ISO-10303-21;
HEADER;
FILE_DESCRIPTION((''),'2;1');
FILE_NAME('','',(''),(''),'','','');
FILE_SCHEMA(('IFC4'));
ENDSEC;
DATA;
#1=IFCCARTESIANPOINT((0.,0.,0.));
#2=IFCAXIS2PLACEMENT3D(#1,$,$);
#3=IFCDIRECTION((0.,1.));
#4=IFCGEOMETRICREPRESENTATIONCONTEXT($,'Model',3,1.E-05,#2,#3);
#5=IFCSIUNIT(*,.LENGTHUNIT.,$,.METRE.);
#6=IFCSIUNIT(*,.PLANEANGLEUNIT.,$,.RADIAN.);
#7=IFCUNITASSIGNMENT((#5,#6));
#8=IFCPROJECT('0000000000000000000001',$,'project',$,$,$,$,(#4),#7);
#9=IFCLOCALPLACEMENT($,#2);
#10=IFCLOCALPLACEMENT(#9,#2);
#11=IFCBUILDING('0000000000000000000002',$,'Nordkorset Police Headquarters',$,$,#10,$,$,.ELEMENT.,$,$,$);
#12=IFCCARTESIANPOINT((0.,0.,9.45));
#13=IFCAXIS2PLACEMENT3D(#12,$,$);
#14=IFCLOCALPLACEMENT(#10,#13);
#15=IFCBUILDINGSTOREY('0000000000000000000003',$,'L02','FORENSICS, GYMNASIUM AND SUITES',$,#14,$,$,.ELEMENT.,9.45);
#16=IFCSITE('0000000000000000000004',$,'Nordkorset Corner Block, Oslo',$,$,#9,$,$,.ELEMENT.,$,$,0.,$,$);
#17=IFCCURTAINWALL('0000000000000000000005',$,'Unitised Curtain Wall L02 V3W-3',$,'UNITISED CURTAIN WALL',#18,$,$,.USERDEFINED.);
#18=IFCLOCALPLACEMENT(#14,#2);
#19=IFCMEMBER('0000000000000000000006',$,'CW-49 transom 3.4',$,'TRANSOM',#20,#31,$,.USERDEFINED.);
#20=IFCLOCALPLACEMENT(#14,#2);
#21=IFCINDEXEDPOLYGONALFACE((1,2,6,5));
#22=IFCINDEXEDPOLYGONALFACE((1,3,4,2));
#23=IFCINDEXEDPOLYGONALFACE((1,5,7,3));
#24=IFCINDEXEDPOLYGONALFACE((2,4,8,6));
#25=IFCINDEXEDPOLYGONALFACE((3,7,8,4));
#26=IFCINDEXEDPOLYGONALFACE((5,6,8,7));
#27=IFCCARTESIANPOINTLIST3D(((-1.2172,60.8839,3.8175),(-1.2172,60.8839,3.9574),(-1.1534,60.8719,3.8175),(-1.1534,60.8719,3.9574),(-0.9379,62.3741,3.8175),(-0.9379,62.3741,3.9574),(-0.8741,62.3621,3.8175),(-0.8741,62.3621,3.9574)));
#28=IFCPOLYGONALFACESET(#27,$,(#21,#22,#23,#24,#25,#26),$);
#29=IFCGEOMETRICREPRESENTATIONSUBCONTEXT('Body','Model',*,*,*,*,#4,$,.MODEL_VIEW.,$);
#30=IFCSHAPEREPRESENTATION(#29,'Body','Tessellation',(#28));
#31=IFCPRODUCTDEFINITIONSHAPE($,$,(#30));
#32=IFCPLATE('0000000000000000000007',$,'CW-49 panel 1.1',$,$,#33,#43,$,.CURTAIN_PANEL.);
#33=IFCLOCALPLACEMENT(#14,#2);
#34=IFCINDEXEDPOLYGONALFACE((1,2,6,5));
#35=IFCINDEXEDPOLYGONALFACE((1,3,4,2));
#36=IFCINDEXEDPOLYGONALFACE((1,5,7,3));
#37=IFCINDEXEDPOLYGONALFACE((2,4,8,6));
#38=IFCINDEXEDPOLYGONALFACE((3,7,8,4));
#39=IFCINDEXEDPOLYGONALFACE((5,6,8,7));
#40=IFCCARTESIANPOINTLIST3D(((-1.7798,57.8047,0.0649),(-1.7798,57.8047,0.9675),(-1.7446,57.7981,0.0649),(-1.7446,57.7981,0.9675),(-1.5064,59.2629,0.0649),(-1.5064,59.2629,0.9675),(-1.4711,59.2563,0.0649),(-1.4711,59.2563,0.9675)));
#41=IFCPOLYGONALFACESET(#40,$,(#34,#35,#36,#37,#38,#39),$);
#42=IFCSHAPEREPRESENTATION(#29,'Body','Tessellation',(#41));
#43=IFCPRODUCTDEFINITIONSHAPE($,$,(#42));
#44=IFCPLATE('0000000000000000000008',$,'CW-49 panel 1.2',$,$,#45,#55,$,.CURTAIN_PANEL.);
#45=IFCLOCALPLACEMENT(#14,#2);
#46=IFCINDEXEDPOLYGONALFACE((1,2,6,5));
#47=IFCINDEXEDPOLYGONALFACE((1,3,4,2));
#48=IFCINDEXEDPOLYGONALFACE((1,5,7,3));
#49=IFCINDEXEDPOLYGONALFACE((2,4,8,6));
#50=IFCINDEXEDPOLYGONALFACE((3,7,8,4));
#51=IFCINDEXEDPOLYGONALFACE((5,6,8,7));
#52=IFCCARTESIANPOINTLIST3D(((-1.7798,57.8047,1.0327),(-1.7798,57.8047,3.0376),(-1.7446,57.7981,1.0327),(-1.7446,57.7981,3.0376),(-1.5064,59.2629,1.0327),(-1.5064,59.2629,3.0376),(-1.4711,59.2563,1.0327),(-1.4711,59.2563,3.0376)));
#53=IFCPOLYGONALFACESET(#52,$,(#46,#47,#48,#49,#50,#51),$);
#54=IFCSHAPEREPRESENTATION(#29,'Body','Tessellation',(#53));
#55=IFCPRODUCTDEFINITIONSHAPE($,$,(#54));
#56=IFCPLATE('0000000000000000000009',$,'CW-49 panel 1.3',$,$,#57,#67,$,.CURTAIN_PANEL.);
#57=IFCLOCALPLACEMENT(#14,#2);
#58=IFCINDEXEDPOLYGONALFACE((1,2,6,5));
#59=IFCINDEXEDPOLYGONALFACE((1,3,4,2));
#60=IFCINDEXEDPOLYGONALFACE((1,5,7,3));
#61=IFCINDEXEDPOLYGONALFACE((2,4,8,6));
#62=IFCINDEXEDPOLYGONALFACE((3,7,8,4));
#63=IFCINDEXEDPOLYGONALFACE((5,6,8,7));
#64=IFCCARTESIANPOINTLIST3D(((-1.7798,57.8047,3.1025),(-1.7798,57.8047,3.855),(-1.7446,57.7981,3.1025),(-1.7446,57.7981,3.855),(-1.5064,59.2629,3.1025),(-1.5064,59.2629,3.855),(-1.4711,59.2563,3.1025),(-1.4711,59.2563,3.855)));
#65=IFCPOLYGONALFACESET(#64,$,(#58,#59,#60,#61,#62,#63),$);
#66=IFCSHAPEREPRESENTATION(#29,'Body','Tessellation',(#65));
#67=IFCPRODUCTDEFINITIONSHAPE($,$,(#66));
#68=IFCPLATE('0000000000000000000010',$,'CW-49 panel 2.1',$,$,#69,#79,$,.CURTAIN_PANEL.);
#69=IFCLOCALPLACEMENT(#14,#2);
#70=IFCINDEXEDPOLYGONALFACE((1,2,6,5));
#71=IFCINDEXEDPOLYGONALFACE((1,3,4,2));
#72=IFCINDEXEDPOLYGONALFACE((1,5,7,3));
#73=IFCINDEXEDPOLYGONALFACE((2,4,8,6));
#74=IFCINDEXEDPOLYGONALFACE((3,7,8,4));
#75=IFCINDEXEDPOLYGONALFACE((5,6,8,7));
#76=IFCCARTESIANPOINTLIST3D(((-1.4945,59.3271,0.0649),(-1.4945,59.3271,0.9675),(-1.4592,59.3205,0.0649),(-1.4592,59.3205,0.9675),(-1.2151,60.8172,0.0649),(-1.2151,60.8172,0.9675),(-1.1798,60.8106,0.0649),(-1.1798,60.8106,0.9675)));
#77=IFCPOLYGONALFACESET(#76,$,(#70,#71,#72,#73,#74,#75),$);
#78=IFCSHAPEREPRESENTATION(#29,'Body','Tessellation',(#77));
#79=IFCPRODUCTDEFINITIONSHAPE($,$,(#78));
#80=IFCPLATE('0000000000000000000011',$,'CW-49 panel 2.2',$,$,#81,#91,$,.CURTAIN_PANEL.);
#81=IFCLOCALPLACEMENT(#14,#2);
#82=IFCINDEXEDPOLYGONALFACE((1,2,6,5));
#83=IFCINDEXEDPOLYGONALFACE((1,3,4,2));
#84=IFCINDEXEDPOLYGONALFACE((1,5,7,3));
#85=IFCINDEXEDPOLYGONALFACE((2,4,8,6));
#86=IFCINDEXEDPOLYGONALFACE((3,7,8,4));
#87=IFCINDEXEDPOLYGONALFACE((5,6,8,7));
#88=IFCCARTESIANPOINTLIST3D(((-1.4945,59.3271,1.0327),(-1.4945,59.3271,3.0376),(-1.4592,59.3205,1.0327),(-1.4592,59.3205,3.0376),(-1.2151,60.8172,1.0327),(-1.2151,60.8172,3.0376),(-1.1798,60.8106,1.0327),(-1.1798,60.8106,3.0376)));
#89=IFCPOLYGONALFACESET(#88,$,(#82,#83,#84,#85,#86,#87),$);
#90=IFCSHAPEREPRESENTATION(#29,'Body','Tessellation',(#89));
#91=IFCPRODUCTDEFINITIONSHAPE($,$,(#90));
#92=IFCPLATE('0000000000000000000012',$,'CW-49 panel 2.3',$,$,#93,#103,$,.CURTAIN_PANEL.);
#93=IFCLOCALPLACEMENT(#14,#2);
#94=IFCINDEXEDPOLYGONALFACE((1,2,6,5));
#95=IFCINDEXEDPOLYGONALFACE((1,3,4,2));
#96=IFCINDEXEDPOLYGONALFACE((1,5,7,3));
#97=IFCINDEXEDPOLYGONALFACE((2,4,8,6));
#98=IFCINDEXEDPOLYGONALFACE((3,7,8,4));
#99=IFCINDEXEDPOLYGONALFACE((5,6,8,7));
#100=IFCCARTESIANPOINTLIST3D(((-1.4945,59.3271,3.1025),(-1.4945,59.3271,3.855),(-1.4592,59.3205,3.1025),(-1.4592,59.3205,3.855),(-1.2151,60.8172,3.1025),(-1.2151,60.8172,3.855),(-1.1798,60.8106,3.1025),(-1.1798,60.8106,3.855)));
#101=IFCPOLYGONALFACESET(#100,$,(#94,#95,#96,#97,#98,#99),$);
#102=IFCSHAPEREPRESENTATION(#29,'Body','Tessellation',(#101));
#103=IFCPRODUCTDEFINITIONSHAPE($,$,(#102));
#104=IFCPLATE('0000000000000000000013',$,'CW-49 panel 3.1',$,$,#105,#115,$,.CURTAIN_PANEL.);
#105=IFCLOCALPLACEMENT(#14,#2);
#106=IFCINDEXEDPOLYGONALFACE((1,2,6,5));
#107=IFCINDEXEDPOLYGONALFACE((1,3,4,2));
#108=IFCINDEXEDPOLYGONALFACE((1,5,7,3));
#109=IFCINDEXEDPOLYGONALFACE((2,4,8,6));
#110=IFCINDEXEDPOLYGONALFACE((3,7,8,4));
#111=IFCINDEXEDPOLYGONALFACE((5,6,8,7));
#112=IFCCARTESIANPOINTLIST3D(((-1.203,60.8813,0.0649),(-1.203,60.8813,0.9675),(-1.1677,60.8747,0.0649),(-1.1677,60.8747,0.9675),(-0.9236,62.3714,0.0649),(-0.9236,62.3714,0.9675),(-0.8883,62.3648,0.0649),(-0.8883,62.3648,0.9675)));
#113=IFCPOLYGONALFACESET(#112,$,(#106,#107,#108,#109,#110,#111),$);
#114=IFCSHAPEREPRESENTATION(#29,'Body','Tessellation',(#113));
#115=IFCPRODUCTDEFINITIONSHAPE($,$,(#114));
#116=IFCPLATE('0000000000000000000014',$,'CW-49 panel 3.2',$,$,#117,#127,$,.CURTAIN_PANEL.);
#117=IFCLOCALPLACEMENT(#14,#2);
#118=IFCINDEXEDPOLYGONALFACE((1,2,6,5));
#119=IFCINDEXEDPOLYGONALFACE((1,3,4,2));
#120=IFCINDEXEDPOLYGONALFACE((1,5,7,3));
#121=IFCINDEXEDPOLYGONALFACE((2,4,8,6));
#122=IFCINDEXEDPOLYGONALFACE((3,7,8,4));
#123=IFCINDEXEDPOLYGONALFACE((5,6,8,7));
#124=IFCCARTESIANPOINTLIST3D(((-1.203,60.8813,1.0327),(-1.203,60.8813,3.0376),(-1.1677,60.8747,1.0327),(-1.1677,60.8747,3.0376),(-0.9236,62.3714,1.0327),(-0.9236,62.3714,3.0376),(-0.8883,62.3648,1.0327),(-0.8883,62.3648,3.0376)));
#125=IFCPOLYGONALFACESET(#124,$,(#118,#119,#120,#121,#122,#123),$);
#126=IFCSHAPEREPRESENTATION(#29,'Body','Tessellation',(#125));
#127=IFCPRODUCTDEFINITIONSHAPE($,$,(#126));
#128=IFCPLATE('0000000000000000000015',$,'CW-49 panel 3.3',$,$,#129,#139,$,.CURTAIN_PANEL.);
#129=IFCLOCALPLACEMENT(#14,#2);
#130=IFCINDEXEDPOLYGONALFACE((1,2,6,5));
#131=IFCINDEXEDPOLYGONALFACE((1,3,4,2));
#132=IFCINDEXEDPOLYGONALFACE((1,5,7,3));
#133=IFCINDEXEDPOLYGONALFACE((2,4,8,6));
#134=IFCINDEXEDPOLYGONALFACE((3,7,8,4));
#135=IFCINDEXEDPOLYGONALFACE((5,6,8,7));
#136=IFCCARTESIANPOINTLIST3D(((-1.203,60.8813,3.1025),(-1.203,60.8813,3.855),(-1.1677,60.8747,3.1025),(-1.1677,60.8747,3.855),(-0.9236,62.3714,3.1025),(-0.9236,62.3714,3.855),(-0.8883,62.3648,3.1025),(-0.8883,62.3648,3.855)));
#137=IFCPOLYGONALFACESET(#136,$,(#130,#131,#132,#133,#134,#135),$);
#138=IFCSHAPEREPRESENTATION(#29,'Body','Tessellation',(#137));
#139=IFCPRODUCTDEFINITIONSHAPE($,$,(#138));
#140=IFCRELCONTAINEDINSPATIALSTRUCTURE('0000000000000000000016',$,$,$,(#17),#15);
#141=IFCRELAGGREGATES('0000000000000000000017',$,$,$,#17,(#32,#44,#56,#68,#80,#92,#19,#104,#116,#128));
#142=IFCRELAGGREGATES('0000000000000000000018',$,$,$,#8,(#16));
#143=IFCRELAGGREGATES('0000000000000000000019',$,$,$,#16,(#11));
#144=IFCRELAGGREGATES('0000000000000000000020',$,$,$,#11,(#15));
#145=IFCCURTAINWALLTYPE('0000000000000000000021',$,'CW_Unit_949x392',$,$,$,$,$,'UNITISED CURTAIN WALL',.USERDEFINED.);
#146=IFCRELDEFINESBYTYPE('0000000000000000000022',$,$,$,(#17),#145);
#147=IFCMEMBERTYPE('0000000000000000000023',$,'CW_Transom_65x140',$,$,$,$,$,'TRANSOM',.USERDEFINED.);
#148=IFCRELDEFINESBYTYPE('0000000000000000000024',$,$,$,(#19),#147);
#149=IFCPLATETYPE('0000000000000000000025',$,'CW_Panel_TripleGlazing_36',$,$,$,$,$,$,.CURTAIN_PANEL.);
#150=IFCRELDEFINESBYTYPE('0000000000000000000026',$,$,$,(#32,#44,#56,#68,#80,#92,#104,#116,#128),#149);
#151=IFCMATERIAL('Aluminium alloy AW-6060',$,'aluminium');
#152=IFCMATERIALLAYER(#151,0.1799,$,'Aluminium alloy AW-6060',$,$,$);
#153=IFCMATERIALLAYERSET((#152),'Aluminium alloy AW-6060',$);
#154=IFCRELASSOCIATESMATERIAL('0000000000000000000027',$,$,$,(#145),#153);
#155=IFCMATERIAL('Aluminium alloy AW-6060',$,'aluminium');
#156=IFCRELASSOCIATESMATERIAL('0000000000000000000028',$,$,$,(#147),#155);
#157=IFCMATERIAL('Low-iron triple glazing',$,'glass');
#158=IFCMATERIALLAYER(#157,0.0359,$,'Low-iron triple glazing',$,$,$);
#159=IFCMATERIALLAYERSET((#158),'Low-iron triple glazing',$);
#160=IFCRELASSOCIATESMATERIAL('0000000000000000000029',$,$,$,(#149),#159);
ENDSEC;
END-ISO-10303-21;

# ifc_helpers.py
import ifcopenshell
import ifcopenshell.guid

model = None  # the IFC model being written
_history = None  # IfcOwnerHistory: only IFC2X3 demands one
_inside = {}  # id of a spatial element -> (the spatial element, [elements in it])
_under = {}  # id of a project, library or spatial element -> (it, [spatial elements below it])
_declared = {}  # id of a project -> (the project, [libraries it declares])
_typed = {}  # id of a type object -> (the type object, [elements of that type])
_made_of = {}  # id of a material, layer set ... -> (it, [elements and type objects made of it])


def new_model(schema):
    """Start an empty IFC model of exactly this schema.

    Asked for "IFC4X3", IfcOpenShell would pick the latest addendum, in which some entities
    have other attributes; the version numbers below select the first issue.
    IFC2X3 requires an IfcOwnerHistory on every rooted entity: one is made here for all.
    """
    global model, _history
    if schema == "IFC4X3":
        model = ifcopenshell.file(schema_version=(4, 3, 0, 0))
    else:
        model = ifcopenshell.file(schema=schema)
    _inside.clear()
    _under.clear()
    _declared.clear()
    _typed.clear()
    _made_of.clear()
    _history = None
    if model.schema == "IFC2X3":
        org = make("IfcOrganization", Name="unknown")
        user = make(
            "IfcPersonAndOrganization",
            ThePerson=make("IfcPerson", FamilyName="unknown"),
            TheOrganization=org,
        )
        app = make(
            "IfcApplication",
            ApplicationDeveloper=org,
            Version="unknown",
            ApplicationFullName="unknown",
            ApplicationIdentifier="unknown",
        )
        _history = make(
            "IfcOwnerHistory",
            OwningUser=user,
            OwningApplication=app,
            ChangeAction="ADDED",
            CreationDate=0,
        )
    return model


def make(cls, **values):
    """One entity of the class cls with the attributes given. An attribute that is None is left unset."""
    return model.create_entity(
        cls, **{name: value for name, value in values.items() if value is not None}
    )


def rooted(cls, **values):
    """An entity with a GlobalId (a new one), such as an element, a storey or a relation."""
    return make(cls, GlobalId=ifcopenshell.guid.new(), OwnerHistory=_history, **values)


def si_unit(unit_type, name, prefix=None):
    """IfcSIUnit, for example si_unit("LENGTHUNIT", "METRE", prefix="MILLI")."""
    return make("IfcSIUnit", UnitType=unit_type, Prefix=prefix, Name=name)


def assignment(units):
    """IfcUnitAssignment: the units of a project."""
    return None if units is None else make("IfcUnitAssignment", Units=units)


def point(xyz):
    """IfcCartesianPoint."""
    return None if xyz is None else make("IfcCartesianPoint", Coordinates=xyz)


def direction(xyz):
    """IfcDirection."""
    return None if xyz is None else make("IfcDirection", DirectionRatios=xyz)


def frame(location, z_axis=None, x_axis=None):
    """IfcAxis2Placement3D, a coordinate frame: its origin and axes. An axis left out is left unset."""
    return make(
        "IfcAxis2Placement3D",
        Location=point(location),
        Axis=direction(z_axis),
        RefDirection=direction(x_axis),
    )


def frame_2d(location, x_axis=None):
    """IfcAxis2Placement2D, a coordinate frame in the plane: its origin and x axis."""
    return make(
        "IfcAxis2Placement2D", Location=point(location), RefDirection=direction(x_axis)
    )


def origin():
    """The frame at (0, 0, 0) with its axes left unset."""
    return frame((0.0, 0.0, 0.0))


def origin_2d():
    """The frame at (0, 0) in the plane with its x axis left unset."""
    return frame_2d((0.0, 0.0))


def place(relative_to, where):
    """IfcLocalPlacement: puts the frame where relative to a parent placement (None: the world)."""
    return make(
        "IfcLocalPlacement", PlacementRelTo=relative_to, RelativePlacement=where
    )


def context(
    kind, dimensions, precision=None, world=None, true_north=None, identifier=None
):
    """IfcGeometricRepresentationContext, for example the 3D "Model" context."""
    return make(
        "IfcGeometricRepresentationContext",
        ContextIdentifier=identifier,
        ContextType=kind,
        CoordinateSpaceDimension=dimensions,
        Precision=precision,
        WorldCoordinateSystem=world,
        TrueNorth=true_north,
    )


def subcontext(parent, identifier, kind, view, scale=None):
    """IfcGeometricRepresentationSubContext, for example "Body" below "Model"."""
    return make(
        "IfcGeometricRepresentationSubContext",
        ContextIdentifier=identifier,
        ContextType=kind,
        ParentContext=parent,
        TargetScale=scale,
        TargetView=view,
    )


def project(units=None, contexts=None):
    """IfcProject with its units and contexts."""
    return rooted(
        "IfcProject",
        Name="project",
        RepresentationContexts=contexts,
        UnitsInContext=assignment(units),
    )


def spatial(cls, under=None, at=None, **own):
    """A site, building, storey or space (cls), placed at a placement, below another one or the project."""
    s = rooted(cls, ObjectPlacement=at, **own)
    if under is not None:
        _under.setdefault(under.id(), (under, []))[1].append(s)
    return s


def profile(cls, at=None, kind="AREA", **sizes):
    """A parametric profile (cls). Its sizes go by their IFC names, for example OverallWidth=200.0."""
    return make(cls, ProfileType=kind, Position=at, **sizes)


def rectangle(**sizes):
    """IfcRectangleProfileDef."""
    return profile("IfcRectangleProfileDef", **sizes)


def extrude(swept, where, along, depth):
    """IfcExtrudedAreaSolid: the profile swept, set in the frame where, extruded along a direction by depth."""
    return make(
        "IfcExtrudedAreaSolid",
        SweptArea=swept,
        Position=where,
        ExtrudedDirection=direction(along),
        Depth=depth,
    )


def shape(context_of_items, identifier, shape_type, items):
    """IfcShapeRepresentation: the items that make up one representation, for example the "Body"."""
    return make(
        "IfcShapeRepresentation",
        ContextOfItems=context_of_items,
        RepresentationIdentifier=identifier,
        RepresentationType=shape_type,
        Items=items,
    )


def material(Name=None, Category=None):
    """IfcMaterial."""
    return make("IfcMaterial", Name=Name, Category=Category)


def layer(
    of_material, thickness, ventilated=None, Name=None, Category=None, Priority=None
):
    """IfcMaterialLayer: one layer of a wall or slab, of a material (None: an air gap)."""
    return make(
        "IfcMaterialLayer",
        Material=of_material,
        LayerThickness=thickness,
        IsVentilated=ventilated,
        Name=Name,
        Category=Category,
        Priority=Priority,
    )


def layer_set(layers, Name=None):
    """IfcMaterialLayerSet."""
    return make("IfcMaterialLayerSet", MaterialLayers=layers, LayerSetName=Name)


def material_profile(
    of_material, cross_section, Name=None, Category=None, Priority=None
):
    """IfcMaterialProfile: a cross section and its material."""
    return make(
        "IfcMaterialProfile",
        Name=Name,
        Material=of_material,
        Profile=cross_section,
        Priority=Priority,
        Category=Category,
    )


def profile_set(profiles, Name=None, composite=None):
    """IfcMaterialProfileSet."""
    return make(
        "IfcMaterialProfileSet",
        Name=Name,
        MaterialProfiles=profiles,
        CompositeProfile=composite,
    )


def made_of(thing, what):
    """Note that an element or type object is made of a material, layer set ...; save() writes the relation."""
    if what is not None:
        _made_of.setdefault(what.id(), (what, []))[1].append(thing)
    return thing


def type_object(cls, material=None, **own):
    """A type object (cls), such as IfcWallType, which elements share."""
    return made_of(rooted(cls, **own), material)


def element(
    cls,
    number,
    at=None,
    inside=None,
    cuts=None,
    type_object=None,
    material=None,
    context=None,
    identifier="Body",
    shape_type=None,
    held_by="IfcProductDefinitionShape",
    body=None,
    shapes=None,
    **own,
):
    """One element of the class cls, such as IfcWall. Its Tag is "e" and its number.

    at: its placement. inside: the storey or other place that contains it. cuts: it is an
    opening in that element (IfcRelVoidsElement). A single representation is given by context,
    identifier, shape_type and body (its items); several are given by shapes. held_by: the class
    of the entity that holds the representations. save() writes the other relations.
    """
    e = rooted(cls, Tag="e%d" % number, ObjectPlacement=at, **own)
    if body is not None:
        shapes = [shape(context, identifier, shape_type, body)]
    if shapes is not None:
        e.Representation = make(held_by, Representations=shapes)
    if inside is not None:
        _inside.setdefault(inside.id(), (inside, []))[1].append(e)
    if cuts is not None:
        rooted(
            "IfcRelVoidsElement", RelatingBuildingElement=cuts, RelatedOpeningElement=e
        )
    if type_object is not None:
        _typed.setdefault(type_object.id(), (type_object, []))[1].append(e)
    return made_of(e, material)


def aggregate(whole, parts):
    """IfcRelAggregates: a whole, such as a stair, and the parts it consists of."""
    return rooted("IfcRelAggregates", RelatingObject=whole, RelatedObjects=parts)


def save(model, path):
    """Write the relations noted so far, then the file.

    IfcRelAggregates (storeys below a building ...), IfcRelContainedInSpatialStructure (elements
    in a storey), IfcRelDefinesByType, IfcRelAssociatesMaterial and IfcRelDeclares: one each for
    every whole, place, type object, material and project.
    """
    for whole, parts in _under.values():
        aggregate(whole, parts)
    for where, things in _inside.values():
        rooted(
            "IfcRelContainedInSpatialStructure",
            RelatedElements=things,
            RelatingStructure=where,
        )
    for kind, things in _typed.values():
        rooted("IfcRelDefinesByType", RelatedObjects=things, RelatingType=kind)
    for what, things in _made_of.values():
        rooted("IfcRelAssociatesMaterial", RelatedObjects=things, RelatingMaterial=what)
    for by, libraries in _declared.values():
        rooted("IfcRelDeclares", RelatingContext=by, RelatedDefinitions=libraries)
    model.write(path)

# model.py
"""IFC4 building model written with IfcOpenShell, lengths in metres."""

from ifc_helpers import new_model, si_unit, direction, frame, origin, origin_2d, place, context, subcontext, project, spatial, rectangle, extrude, material, layer, layer_set, material_profile, profile_set, type_object, element, aggregate, save


model = new_model("IFC4")

# Units and contexts
model_context = context("Model", 3, precision=1e-05, world=origin(), true_north=direction((0.0, 1.0)))
body_context = subcontext(model_context, "Body", "Model", "MODEL_VIEW")
ifc_project = project(units=[si_unit("LENGTHUNIT", "METRE"), si_unit("PLANEANGLEUNIT", "RADIAN")], contexts=[model_context])

# Site, building, storey
site_placement = place(None, origin())
site = spatial("IfcSite", under=ifc_project, at=site_placement, Name="Nordkorset Corner Block, Oslo", CompositionType="ELEMENT", RefElevation=0.0)
building_placement = place(site_placement, origin())
building = spatial("IfcBuilding", under=site, at=building_placement, Name="Nordkorset Police Headquarters", CompositionType="ELEMENT")
storey_placement = place(building_placement, frame((0.0, 0.0, 9.45)))
storey = spatial("IfcBuildingStorey", under=building, at=storey_placement, Name="L02", Description="FORENSICS, GYMNASIUM AND SUITES", CompositionType="ELEMENT", Elevation=9.45)

# Curtain wall, member, plates
ifc_material_1 = material(Name="Aluminium alloy AW-6060", Category="aluminium")
ifc_layer_1 = layer(ifc_material_1, 0.1799, Name="Aluminium alloy AW-6060")
ifc_layer_set_1 = layer_set([ifc_layer_1], Name="Aluminium alloy AW-6060")
curtain_wall_type = type_object("IfcCurtainWallType", Name="CW_Unit_949x392", ElementType="UNITISED CURTAIN WALL", PredefinedType="USERDEFINED", material=ifc_layer_set_1)
curtain_wall_placement = place(storey_placement, origin())
curtain_wall = element("IfcCurtainWall", 1, at=curtain_wall_placement, inside=storey, type_object=curtain_wall_type, Name="Unitised Curtain Wall L02 V3W-3", ObjectType="UNITISED CURTAIN WALL", PredefinedType="USERDEFINED")
ifc_material_2 = material(Name="Aluminium alloy AW-6060", Category="aluminium")
ifc_material_profile_1 = material_profile(ifc_material_2, rectangle(XDim=0.0649, YDim=0.1399, at=origin_2d()), Name="ALU TRAN 65x140")
ifc_profile_set_1 = profile_set([ifc_material_profile_1], Name="Aluminium alloy AW-6060")
member_type_1 = type_object("IfcMemberType", Name="CW_Transom_65x140", ElementType="TRANSOM", PredefinedType="USERDEFINED", material=ifc_profile_set_1)
member_1_placement = place(storey_placement, frame((-1.1853, 60.8779, 3.8875), z_axis=(0.184211, 0.982887, 0.0), x_axis=(-0.982887, 0.184211, 0.0)))
member_1 = element("IfcMember", 2, at=member_1_placement, type_object=member_type_1, Name="CW-49 transom 3.4", ObjectType="TRANSOM", PredefinedType="USERDEFINED", context=body_context, shape_type="SweptSolid", body=[
    extrude(rectangle(XDim=0.0649, YDim=0.1399, at=origin_2d()), origin(), (0.0, 0.0, 1.0), 1.5161),
])
ifc_material_3 = material(Name="Low-iron triple glazing", Category="glass")
ifc_layer_2 = layer(ifc_material_3, 0.0359, Name="Low-iron triple glazing")
ifc_layer_set_2 = layer_set([ifc_layer_2], Name="Low-iron triple glazing")
plate_type = type_object("IfcPlateType", Name="CW_Panel_TripleGlazing_36", PredefinedType="CURTAIN_PANEL", material=ifc_layer_set_2)
plate_1_placement = place(storey_placement, frame((-1.6255, 58.5305, 0.0649), z_axis=(0.0, 0.0, 1.0), x_axis=(0.184289, 0.982872, 0.0)))
plate_1 = element("IfcPlate", 3, at=plate_1_placement, type_object=plate_type, Name="CW-49 panel 1.1", PredefinedType="CURTAIN_PANEL", context=body_context, shape_type="SweptSolid", body=[
    extrude(rectangle(XDim=1.4836, YDim=0.0359, at=origin_2d()), origin(), (0.0, 0.0, 1.0), 0.9026),
])
plate_2_placement = place(storey_placement, frame((-1.6255, 58.5305, 1.0327), z_axis=(0.0, 0.0, 1.0), x_axis=(0.184289, 0.982872, 0.0)))
plate_2 = element("IfcPlate", 4, at=plate_2_placement, type_object=plate_type, Name="CW-49 panel 1.2", PredefinedType="CURTAIN_PANEL", context=body_context, shape_type="SweptSolid", body=[
    extrude(rectangle(XDim=1.4836, YDim=0.0359, at=origin_2d()), origin(), (0.0, 0.0, 1.0), 2.0049),
])
plate_3_placement = place(storey_placement, frame((-1.6255, 58.5305, 3.1025), z_axis=(0.0, 0.0, 1.0), x_axis=(0.184289, 0.982872, 0.0)))
plate_3 = element("IfcPlate", 5, at=plate_3_placement, type_object=plate_type, Name="CW-49 panel 1.3", PredefinedType="CURTAIN_PANEL", context=body_context, shape_type="SweptSolid", body=[
    extrude(rectangle(XDim=1.4836, YDim=0.0359, at=origin_2d()), origin(), (0.0, 0.0, 1.0), 0.7524),
])
plate_4_placement = place(storey_placement, frame((-1.3372, 60.0688, 0.0649), z_axis=(0.0, 0.0, 1.0), x_axis=(0.184289, 0.982872, 0.0)))
plate_4 = element("IfcPlate", 6, at=plate_4_placement, type_object=plate_type, Name="CW-49 panel 2.1", PredefinedType="CURTAIN_PANEL", context=body_context, shape_type="SweptSolid", body=[
    extrude(rectangle(XDim=1.5161, YDim=0.0359, at=origin_2d()), origin(), (0.0, 0.0, 1.0), 0.9026),
])
plate_5_placement = place(storey_placement, frame((-1.3372, 60.0688, 1.0327), z_axis=(0.0, 0.0, 1.0), x_axis=(0.184289, 0.982872, 0.0)))
plate_5 = element("IfcPlate", 7, at=plate_5_placement, type_object=plate_type, Name="CW-49 panel 2.2", PredefinedType="CURTAIN_PANEL", context=body_context, shape_type="SweptSolid", body=[
    extrude(rectangle(XDim=1.5161, YDim=0.0359, at=origin_2d()), origin(), (0.0, 0.0, 1.0), 2.0049),
])
plate_6_placement = place(storey_placement, frame((-1.3372, 60.0688, 3.1025), z_axis=(0.0, 0.0, 1.0), x_axis=(0.184289, 0.982872, 0.0)))
plate_6 = element("IfcPlate", 8, at=plate_6_placement, type_object=plate_type, Name="CW-49 panel 2.3", PredefinedType="CURTAIN_PANEL", context=body_context, shape_type="SweptSolid", body=[
    extrude(rectangle(XDim=1.5161, YDim=0.0359, at=origin_2d()), origin(), (0.0, 0.0, 1.0), 0.7524),
])
plate_7_placement = place(storey_placement, frame((-1.0457, 61.623, 0.0649), z_axis=(0.0, 0.0, 1.0), x_axis=(0.184289, 0.982872, 0.0)))
plate_7 = element("IfcPlate", 9, at=plate_7_placement, type_object=plate_type, Name="CW-49 panel 3.1", PredefinedType="CURTAIN_PANEL", context=body_context, shape_type="SweptSolid", body=[
    extrude(rectangle(XDim=1.5161, YDim=0.0359, at=origin_2d()), origin(), (0.0, 0.0, 1.0), 0.9026),
])
plate_8_placement = place(storey_placement, frame((-1.0457, 61.623, 1.0327), z_axis=(0.0, 0.0, 1.0), x_axis=(0.184289, 0.982872, 0.0)))
plate_8 = element("IfcPlate", 10, at=plate_8_placement, type_object=plate_type, Name="CW-49 panel 3.2", PredefinedType="CURTAIN_PANEL", context=body_context, shape_type="SweptSolid", body=[
    extrude(rectangle(XDim=1.5161, YDim=0.0359, at=origin_2d()), origin(), (0.0, 0.0, 1.0), 2.0049),
])
plate_9_placement = place(storey_placement, frame((-1.0457, 61.623, 3.1025), z_axis=(0.0, 0.0, 1.0), x_axis=(0.184289, 0.982872, 0.0)))
plate_9 = element("IfcPlate", 11, at=plate_9_placement, type_object=plate_type, Name="CW-49 panel 3.3", PredefinedType="CURTAIN_PANEL", context=body_context, shape_type="SweptSolid", body=[
    extrude(rectangle(XDim=1.5161, YDim=0.0359, at=origin_2d()), origin(), (0.0, 0.0, 1.0), 0.7524),
])
aggregate(curtain_wall, [plate_1, plate_2, plate_3, plate_4, plate_5, plate_6, member_1, plate_7, plate_8, plate_9])

save(model, "model.ifc")
